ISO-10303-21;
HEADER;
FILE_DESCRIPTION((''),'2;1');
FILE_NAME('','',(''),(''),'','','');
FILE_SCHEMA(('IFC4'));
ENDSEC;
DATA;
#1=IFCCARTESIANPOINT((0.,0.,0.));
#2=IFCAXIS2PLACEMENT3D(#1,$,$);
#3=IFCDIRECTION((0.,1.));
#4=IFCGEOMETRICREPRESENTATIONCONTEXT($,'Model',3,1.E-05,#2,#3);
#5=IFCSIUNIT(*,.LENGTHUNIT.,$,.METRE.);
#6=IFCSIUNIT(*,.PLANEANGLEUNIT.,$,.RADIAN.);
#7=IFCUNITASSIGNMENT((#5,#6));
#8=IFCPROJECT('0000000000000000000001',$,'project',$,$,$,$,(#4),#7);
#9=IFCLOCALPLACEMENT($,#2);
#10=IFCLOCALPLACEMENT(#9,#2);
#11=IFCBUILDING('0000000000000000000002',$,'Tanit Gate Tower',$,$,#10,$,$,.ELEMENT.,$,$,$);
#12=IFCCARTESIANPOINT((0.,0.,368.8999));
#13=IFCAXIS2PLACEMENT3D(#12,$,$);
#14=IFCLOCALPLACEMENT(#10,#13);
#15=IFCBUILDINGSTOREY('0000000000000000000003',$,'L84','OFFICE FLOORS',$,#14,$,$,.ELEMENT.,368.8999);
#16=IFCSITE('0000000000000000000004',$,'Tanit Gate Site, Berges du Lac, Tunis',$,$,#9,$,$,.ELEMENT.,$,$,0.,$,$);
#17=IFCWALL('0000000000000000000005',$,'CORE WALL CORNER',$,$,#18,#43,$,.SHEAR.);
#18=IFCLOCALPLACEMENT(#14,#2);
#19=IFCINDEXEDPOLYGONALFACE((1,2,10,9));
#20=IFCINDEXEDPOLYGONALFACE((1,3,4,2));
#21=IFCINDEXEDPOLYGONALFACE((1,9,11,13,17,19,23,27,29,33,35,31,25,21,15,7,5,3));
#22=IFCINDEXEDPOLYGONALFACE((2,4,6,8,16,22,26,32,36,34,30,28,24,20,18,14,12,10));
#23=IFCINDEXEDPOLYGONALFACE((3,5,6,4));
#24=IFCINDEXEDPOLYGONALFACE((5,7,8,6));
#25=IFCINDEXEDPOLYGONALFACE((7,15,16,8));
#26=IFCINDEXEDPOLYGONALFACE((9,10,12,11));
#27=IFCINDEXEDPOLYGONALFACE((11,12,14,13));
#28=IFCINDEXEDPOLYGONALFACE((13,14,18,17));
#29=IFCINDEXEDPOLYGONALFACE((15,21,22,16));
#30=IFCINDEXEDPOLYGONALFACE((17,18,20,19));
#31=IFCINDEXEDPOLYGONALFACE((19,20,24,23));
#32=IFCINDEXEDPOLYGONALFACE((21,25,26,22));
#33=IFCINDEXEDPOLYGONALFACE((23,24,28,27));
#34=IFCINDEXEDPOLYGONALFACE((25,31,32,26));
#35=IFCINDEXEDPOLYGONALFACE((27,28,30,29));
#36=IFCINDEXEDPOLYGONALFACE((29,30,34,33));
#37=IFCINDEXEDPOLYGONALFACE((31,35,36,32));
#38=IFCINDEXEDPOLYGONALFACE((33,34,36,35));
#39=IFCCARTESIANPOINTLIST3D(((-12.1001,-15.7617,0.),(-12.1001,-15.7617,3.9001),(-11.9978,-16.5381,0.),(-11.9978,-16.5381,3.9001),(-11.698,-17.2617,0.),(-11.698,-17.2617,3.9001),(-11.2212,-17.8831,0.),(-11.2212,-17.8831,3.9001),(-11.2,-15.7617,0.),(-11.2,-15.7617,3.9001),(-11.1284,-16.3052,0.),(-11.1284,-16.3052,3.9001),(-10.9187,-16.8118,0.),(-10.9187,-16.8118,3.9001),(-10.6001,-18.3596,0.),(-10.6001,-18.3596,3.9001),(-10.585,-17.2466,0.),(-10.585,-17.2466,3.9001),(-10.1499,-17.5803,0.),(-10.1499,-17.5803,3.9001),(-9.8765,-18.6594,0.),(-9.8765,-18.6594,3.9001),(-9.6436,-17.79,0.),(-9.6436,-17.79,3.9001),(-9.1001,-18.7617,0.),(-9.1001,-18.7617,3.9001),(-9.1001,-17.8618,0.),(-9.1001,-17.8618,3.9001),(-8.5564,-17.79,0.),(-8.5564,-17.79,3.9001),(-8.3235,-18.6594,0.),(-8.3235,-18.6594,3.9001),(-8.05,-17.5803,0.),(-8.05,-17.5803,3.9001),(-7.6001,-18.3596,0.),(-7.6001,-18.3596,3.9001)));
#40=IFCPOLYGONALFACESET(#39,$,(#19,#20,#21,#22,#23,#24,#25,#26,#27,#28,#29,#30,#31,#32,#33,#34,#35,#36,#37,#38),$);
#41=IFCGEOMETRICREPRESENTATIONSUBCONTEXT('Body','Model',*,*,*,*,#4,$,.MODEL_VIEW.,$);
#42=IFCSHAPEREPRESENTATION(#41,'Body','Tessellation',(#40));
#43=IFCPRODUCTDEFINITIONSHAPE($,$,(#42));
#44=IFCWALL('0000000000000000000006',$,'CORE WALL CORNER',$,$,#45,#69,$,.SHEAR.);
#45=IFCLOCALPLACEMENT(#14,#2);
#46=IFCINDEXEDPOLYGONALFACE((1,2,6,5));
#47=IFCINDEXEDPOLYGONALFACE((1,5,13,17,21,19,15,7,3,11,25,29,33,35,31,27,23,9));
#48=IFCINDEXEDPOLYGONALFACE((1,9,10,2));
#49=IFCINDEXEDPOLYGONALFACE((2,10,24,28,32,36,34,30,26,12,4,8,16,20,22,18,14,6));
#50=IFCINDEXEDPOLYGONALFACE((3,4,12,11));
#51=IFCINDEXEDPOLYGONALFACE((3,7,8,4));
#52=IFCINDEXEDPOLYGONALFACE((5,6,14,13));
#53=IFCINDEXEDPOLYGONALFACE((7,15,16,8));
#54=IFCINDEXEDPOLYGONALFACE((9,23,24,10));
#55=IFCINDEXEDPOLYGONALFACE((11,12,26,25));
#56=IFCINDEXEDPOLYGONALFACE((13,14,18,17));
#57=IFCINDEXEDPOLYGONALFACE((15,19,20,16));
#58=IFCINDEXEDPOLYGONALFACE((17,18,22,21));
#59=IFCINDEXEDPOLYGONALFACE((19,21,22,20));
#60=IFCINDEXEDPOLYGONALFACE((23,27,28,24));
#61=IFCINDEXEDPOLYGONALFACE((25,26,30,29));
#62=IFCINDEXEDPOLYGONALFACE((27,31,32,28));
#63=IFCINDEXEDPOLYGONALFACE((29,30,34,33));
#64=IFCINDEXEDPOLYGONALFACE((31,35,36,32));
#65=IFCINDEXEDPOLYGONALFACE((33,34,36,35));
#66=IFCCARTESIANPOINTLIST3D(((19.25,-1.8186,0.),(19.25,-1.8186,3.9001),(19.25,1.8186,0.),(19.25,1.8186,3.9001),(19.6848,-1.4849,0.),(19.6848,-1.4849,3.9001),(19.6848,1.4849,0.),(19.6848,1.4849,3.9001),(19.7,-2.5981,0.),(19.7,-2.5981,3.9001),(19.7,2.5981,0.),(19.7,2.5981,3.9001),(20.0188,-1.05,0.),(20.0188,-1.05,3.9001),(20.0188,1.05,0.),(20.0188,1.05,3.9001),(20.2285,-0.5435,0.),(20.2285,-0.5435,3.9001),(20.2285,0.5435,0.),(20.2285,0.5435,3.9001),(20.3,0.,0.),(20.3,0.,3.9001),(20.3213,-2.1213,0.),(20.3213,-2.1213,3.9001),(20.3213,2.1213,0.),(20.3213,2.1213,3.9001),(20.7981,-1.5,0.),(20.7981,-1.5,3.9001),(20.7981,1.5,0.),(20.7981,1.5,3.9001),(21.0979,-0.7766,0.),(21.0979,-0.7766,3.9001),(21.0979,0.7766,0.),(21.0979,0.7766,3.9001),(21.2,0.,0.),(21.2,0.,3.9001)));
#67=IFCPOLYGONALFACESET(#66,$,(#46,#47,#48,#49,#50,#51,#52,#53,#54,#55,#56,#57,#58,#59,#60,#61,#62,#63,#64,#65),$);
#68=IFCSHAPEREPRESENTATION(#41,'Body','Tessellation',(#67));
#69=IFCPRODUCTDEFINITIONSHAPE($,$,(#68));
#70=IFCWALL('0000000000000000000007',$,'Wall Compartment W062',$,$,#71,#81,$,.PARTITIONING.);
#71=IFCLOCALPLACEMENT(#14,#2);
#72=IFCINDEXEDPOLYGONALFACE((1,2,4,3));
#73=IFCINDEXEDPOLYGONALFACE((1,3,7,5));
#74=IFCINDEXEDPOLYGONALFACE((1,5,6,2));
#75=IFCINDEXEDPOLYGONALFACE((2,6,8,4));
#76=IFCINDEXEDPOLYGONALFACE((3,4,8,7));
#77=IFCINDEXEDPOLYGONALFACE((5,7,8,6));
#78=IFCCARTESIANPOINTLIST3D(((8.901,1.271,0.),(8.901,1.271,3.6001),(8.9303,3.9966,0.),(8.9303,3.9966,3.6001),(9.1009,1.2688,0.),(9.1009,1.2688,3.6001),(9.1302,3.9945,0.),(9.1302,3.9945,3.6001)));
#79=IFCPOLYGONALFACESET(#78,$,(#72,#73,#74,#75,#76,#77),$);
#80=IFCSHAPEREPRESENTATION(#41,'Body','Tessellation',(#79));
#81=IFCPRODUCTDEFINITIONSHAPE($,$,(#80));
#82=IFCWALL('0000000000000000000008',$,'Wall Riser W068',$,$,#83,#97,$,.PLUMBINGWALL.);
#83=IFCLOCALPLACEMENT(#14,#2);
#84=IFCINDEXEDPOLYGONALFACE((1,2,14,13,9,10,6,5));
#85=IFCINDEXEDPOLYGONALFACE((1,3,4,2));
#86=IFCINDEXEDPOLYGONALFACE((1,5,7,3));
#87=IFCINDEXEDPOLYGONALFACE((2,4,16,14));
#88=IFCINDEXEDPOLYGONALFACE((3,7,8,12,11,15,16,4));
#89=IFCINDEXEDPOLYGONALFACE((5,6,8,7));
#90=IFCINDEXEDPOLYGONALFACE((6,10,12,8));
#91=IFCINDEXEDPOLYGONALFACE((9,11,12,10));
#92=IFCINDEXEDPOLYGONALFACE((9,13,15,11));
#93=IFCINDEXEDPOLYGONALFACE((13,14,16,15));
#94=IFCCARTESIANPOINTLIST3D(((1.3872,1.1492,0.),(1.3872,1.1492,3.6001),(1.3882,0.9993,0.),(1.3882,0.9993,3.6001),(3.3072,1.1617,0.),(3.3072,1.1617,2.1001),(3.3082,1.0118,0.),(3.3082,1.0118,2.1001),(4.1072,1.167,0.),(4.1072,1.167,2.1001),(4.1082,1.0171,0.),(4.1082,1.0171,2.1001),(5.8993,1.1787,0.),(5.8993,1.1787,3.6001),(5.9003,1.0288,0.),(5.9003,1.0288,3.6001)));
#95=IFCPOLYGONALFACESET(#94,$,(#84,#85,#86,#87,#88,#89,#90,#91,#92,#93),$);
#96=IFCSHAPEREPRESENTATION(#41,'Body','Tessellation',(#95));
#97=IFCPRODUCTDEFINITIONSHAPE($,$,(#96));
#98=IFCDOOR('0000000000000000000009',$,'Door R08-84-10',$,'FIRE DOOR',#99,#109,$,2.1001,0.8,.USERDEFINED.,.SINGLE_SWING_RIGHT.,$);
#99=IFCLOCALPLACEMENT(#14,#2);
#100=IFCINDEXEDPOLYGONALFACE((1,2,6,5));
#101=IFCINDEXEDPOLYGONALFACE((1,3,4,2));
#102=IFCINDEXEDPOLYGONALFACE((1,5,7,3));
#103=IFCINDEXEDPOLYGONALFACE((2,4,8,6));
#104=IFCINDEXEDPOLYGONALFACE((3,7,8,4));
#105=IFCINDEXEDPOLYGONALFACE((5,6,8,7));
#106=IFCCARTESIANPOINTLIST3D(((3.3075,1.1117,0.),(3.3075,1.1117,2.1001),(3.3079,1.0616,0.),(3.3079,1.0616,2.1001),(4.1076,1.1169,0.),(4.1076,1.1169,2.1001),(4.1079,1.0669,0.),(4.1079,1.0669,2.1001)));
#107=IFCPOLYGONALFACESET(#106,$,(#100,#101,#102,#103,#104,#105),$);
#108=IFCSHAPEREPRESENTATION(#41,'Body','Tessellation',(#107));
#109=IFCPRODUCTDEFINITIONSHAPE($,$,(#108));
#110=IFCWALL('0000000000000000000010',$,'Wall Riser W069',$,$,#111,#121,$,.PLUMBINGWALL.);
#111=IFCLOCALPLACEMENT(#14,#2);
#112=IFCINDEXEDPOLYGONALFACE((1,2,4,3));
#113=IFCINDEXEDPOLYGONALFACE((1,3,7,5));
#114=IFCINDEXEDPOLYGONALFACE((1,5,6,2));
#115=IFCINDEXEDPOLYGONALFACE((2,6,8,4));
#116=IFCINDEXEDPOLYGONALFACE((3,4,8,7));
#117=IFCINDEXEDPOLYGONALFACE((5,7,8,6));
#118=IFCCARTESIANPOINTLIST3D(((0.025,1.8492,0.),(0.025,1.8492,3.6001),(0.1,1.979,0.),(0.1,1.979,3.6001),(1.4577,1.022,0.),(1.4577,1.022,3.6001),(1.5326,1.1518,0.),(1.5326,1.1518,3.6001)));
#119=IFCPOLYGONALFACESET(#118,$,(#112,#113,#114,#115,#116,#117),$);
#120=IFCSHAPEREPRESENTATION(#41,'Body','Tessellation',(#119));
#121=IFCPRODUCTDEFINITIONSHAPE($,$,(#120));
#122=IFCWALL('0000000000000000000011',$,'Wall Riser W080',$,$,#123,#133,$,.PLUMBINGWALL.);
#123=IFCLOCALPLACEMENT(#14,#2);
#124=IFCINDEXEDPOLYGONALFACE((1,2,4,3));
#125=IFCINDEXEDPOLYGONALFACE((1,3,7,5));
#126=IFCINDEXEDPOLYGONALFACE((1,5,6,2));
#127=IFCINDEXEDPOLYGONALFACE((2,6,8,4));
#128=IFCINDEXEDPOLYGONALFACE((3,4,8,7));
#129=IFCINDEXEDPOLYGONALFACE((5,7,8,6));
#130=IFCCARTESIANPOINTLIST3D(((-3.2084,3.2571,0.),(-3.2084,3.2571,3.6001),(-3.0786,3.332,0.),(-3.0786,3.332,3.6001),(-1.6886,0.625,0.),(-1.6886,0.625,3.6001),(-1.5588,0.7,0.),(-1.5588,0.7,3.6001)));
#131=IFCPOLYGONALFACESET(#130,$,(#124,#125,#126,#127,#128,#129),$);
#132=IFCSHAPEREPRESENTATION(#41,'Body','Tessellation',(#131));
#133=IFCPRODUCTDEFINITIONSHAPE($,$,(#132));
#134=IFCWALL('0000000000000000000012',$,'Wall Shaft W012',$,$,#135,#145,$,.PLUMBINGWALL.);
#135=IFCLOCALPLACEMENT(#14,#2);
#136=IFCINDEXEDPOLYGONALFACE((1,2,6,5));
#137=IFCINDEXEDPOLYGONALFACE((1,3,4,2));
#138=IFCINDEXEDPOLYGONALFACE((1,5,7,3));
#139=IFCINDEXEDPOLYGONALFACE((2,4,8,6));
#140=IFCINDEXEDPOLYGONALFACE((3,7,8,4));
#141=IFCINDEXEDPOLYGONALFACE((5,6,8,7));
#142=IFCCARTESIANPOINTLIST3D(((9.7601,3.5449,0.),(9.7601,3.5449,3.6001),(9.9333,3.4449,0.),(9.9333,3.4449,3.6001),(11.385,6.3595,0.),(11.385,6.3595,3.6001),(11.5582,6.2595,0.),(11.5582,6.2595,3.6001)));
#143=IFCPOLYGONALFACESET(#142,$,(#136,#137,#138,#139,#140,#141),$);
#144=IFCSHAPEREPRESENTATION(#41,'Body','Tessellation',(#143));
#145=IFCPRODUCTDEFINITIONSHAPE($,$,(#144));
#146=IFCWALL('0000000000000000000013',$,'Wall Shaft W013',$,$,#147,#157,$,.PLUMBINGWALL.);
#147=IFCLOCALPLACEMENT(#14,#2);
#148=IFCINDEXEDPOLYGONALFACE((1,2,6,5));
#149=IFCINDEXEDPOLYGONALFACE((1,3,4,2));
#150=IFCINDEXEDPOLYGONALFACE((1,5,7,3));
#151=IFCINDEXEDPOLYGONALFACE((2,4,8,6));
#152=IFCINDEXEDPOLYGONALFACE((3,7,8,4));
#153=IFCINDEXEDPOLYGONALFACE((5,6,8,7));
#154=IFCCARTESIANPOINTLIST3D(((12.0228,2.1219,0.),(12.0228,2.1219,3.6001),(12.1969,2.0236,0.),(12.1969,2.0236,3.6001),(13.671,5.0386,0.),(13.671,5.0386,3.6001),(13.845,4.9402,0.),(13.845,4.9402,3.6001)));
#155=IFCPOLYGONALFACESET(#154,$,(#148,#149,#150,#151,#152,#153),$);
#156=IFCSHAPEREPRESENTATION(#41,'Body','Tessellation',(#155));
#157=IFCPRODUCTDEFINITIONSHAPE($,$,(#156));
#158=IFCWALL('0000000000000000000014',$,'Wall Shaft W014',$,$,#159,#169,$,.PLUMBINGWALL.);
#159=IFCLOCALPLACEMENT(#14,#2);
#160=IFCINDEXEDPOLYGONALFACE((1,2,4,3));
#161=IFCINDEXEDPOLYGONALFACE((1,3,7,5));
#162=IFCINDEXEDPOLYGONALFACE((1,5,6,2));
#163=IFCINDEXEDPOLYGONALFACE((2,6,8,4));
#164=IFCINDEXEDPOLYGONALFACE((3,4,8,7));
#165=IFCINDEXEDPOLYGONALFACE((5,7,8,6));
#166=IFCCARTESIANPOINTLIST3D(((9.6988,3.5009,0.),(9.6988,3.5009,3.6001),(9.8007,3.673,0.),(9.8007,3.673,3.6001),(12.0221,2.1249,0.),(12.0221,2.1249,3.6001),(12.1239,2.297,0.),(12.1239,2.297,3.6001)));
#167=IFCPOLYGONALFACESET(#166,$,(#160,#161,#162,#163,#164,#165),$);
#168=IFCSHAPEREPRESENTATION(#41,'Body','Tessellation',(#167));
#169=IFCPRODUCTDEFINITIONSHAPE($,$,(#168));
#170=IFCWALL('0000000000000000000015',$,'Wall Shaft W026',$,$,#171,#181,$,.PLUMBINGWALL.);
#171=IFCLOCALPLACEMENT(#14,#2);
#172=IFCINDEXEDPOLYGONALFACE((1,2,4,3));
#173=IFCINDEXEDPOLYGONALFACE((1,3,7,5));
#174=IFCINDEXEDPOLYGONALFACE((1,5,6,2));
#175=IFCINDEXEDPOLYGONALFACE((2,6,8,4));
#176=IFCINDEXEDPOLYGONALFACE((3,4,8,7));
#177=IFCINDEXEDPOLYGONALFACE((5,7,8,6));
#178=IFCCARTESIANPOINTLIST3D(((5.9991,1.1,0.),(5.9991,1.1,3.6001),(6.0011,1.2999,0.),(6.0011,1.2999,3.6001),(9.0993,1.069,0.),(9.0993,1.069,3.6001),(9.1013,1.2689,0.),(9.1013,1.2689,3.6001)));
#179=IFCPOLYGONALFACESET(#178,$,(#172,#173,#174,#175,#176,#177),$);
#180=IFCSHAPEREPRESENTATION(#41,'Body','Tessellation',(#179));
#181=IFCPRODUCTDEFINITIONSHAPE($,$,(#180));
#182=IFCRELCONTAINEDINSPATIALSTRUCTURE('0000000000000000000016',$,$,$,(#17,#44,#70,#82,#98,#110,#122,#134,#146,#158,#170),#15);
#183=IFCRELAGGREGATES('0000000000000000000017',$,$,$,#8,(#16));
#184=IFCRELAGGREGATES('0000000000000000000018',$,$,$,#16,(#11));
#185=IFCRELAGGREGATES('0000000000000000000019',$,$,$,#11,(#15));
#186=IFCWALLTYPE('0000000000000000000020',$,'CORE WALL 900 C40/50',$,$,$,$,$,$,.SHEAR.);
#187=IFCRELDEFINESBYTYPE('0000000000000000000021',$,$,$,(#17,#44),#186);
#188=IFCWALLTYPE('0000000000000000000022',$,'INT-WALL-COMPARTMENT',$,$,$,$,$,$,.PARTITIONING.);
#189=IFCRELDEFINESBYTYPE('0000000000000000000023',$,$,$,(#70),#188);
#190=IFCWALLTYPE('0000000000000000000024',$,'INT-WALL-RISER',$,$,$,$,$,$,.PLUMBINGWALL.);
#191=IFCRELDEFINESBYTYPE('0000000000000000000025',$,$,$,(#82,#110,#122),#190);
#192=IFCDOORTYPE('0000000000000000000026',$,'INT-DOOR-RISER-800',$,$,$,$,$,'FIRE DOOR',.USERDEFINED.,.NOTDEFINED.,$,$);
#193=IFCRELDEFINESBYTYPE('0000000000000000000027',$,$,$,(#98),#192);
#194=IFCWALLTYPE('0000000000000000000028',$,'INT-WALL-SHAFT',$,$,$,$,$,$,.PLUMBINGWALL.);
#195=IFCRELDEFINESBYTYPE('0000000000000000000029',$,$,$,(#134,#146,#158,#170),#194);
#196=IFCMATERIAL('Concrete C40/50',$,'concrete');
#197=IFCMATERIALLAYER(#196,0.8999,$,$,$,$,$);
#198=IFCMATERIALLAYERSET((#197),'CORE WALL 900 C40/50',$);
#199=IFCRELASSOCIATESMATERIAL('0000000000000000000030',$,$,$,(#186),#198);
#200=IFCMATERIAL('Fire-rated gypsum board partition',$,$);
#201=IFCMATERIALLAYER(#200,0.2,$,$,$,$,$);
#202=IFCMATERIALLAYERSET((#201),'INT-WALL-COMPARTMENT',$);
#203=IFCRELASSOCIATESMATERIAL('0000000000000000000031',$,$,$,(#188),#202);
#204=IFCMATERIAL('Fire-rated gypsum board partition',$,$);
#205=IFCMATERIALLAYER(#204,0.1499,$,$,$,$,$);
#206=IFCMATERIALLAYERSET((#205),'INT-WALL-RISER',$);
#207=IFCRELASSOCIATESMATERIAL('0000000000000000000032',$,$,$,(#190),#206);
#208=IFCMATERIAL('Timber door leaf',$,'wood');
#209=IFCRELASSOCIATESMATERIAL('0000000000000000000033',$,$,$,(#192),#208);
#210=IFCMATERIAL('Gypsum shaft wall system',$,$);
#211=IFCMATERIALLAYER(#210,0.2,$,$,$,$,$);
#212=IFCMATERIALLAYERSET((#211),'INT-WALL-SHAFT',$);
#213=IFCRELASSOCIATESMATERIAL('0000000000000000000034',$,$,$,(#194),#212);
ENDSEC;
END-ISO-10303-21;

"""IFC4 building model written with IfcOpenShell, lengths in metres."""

from ifc_helpers import new_model, si_unit, direction, frame, frame_2d, origin, place, context, subcontext, project, spatial, polyline, rectangle, outline, extrude, material, layer, layer_set, type_object, element, fill, save


model = new_model("IFC4")

# Units and contexts
model_context = context("Model", 3, precision=1e-05, world=origin(), true_north=direction((0.0, 1.0)))
body_context = subcontext(model_context, "Body", "Model", "MODEL_VIEW")
ifc_project = project(units=[si_unit("LENGTHUNIT", "METRE"), si_unit("PLANEANGLEUNIT", "RADIAN")], contexts=[model_context])

# Site, building, storey
site_placement = place(None, origin())
site = spatial("IfcSite", under=ifc_project, at=site_placement, Name="Tanit Gate Site, Berges du Lac, Tunis", CompositionType="ELEMENT", RefElevation=0.0)
building_placement = place(site_placement, origin())
building = spatial("IfcBuilding", under=site, at=building_placement, Name="Tanit Gate Tower", CompositionType="ELEMENT")
storey_placement = place(building_placement, frame((0.0, 0.0, 368.8999)))
storey = spatial("IfcBuildingStorey", under=building, at=storey_placement, Name="L84", Description="OFFICE FLOORS", CompositionType="ELEMENT", Elevation=368.8999)

# Walls
ifc_material_1 = material(Name="Concrete C40/50", Category="concrete")
ifc_layer_1 = layer(ifc_material_1, 0.8999)
ifc_layer_set_1 = layer_set([ifc_layer_1], Name="CORE WALL 900 C40/50")
wall_type_1 = type_object("IfcWallType", Name="CORE WALL 900 C40/50", PredefinedType="SHEAR", material=ifc_layer_set_1)
wall_1_placement = place(storey_placement, origin())
element("IfcWall", 1, at=wall_1_placement, inside=storey, type_object=wall_type_1, Name="CORE WALL CORNER", PredefinedType="SHEAR", context=body_context, shape_type="SweptSolid", body=[
    extrude(outline(polyline([(-12.1001, -15.7617), (-11.9978, -16.5381), (-11.698, -17.2617), (-11.2212, -17.8831), (-10.6001, -18.3596), (-9.8765, -18.6594), (-9.1001, -18.7617), (-8.3235, -18.6594), (-7.6001, -18.3596), (-8.05, -17.5803), (-8.5564, -17.79), (-9.1001, -17.8618), (-9.6436, -17.79), (-10.1499, -17.5803), (-10.585, -17.2466), (-10.9187, -16.8118), (-11.1284, -16.3052), (-11.2, -15.7617), (-12.1001, -15.7617)])), origin(), (0.0, 0.0, 1.0), 3.9001),
])
wall_2_placement = place(storey_placement, origin())
element("IfcWall", 2, at=wall_2_placement, inside=storey, type_object=wall_type_1, Name="CORE WALL CORNER", PredefinedType="SHEAR", context=body_context, shape_type="SweptSolid", body=[
    extrude(outline(polyline([(19.7, -2.5981), (20.3213, -2.1213), (20.7981, -1.5), (21.0979, -0.7766), (21.2, 0.0), (21.0979, 0.7766), (20.7981, 1.5), (20.3213, 2.1213), (19.7, 2.5981), (19.25, 1.8186), (19.6848, 1.4849), (20.0188, 1.05), (20.2285, 0.5435), (20.3, 0.0), (20.2285, -0.5435), (20.0188, -1.05), (19.6848, -1.4849), (19.25, -1.8186), (19.7, -2.5981)])), origin(), (0.0, 0.0, 1.0), 3.9001),
])
ifc_material_2 = material(Name="Fire-rated gypsum board partition")
ifc_layer_2 = layer(ifc_material_2, 0.2)
ifc_layer_set_2 = layer_set([ifc_layer_2], Name="INT-WALL-COMPARTMENT")
wall_type_2 = type_object("IfcWallType", Name="INT-WALL-COMPARTMENT", PredefinedType="PARTITIONING", material=ifc_layer_set_2)
wall_3_placement = place(storey_placement, frame((9.001, 1.27, 0.0), z_axis=(0.0, 0.0, 1.0), x_axis=(0.010748, 0.999942, 0.0)))
element("IfcWall", 3, at=wall_3_placement, inside=storey, type_object=wall_type_2, Name="Wall Compartment W062", PredefinedType="PARTITIONING", context=body_context, shape_type="SweptSolid", body=[
    extrude(rectangle(XDim=2.7258, YDim=0.2, at=frame_2d((1.3628, 0.0))), origin(), (0.0, 0.0, 1.0), 3.6001),
])

# Wall, opening, door
ifc_material_3 = material(Name="Fire-rated gypsum board partition")
ifc_layer_3 = layer(ifc_material_3, 0.1499)
ifc_layer_set_3 = layer_set([ifc_layer_3], Name="INT-WALL-RISER")
wall_type_3 = type_object("IfcWallType", Name="INT-WALL-RISER", PredefinedType="PLUMBINGWALL", material=ifc_layer_set_3)
wall_4_placement = place(storey_placement, frame((1.3877, 1.0742, 0.0), z_axis=(0.0, 0.0, 1.0), x_axis=(0.999979, 0.006547, 0.0)))
wall_4 = element("IfcWall", 4, at=wall_4_placement, inside=storey, type_object=wall_type_3, Name="Wall Riser W068", PredefinedType="PLUMBINGWALL", context=body_context, shape_type="SweptSolid", body=[
    extrude(rectangle(XDim=4.5122, YDim=0.1499, at=frame_2d((2.2561, 0.0))), origin(), (0.0, 0.0, 1.0), 3.6001),
])
opening_1_placement = place(wall_4_placement, frame((1.9202, 0.0, 0.0)))
opening_1 = element("IfcOpeningElement", 5, at=opening_1_placement, cuts=wall_4, PredefinedType="OPENING", context=body_context, shape_type="SweptSolid", body=[
    extrude(rectangle(XDim=0.8, YDim=2.1001, at=frame_2d((0.3999, 1.05))), frame((0.0, 0.085, 0.0), z_axis=(0.0, -1.0, 0.0), x_axis=(1.0, 0.0, 0.0)), (0.0, 0.0, 1.0), 0.1699),
])
ifc_material_4 = material(Name="Timber door leaf", Category="wood")
door_type_1 = type_object("IfcDoorType", Name="INT-DOOR-RISER-800", ElementType="FIRE DOOR", OperationType="NOTDEFINED", PredefinedType="USERDEFINED", material=ifc_material_4)
door_1_placement = place(opening_1_placement, origin())
door_1 = element("IfcDoor", 6, at=door_1_placement, inside=storey, type_object=door_type_1, Name="Door R08-84-10", ObjectType="FIRE DOOR", OperationType="SINGLE_SWING_RIGHT", OverallHeight=2.1001, OverallWidth=0.8, PredefinedType="USERDEFINED", context=body_context, shape_type="SweptSolid", body=[
    extrude(rectangle(XDim=0.8, YDim=2.1001, at=frame_2d((0.3999, 1.05))), frame((0.0, 0.0249, 0.0), z_axis=(0.0, -1.0, 0.0), x_axis=(1.0, 0.0, 0.0)), (0.0, 0.0, 1.0), 0.05),
])
fill(opening_1, door_1)

# Walls
wall_5_placement = place(storey_placement, frame((0.0625, 1.9141, 0.0), z_axis=(0.0, 0.0, 1.0), x_axis=(0.866018, -0.500012, 0.0)))
element("IfcWall", 7, at=wall_5_placement, inside=storey, type_object=wall_type_3, Name="Wall Riser W069", PredefinedType="PLUMBINGWALL", context=body_context, shape_type="SweptSolid", body=[
    extrude(rectangle(XDim=1.6543, YDim=0.1499, at=frame_2d((0.8271, 0.0))), origin(), (0.0, 0.0, 1.0), 3.6001),
])
wall_6_placement = place(storey_placement, frame((-1.6238, 0.6626, 0.0), z_axis=(0.0, 0.0, 1.0), x_axis=(-0.500035, 0.866005, 0.0)))
element("IfcWall", 8, at=wall_6_placement, inside=storey, type_object=wall_type_3, Name="Wall Riser W080", PredefinedType="PLUMBINGWALL", context=body_context, shape_type="SweptSolid", body=[
    extrude(rectangle(XDim=3.0393, YDim=0.1499, at=frame_2d((1.5195, 0.0))), origin(), (0.0, 0.0, 1.0), 3.6001),
])
ifc_material_5 = material(Name="Gypsum shaft wall system")
ifc_layer_4 = layer(ifc_material_5, 0.2)
ifc_layer_set_4 = layer_set([ifc_layer_4], Name="INT-WALL-SHAFT")
wall_type_4 = type_object("IfcWallType", Name="INT-WALL-SHAFT", PredefinedType="PLUMBINGWALL", material=ifc_layer_set_4)
wall_7_placement = place(storey_placement, frame((9.8467, 3.4949, 0.0), z_axis=(0.0, 0.0, 1.0), x_axis=(0.499985, 0.866034, 0.0)))
element("IfcWall", 9, at=wall_7_placement, inside=storey, type_object=wall_type_4, Name="Wall Shaft W012", PredefinedType="PLUMBINGWALL", context=body_context, shape_type="SweptSolid", body=[
    extrude(rectangle(XDim=3.25, YDim=0.2, at=frame_2d((1.625, 0.0))), origin(), (0.0, 0.0, 1.0), 3.6001),
])
wall_8_placement = place(storey_placement, frame((12.1099, 2.0728, 0.0), z_axis=(0.0, 0.0, 1.0), x_axis=(0.491966, 0.870614, 0.0)))
element("IfcWall", 10, at=wall_8_placement, inside=storey, type_object=wall_type_4, Name="Wall Shaft W013", PredefinedType="PLUMBINGWALL", context=body_context, shape_type="SweptSolid", body=[
    extrude(rectangle(XDim=3.3501, YDim=0.2, at=frame_2d((1.675, 0.0))), origin(), (0.0, 0.0, 1.0), 3.6001),
])
wall_9_placement = place(storey_placement, frame((12.073, 2.2109, 0.0), z_axis=(0.0, 0.0, 1.0), x_axis=(-0.860415, 0.509594, 0.0)))
element("IfcWall", 11, at=wall_9_placement, inside=storey, type_object=wall_type_4, Name="Wall Shaft W014", PredefinedType="PLUMBINGWALL", context=body_context, shape_type="SweptSolid", body=[
    extrude(rectangle(XDim=2.7002, YDim=0.2, at=frame_2d((1.3501, 0.0))), origin(), (0.0, 0.0, 1.0), 3.6001),
])

# Wall
wall_10_placement = place(storey_placement, frame((6.0, 1.2, 0.0), z_axis=(0.0, 0.0, 1.0), x_axis=(0.99995, -0.010001, 0.0)))
element("IfcWall", 12, at=wall_10_placement, inside=storey, type_object=wall_type_4, Name="Wall Shaft W026", PredefinedType="PLUMBINGWALL", context=body_context, shape_type="SweptSolid", body=[
    extrude(rectangle(XDim=3.1003, YDim=0.2, at=frame_2d((1.5503, 0.0))), origin(), (0.0, 0.0, 1.0), 3.6001),
])

save(model, "model.ifc")
